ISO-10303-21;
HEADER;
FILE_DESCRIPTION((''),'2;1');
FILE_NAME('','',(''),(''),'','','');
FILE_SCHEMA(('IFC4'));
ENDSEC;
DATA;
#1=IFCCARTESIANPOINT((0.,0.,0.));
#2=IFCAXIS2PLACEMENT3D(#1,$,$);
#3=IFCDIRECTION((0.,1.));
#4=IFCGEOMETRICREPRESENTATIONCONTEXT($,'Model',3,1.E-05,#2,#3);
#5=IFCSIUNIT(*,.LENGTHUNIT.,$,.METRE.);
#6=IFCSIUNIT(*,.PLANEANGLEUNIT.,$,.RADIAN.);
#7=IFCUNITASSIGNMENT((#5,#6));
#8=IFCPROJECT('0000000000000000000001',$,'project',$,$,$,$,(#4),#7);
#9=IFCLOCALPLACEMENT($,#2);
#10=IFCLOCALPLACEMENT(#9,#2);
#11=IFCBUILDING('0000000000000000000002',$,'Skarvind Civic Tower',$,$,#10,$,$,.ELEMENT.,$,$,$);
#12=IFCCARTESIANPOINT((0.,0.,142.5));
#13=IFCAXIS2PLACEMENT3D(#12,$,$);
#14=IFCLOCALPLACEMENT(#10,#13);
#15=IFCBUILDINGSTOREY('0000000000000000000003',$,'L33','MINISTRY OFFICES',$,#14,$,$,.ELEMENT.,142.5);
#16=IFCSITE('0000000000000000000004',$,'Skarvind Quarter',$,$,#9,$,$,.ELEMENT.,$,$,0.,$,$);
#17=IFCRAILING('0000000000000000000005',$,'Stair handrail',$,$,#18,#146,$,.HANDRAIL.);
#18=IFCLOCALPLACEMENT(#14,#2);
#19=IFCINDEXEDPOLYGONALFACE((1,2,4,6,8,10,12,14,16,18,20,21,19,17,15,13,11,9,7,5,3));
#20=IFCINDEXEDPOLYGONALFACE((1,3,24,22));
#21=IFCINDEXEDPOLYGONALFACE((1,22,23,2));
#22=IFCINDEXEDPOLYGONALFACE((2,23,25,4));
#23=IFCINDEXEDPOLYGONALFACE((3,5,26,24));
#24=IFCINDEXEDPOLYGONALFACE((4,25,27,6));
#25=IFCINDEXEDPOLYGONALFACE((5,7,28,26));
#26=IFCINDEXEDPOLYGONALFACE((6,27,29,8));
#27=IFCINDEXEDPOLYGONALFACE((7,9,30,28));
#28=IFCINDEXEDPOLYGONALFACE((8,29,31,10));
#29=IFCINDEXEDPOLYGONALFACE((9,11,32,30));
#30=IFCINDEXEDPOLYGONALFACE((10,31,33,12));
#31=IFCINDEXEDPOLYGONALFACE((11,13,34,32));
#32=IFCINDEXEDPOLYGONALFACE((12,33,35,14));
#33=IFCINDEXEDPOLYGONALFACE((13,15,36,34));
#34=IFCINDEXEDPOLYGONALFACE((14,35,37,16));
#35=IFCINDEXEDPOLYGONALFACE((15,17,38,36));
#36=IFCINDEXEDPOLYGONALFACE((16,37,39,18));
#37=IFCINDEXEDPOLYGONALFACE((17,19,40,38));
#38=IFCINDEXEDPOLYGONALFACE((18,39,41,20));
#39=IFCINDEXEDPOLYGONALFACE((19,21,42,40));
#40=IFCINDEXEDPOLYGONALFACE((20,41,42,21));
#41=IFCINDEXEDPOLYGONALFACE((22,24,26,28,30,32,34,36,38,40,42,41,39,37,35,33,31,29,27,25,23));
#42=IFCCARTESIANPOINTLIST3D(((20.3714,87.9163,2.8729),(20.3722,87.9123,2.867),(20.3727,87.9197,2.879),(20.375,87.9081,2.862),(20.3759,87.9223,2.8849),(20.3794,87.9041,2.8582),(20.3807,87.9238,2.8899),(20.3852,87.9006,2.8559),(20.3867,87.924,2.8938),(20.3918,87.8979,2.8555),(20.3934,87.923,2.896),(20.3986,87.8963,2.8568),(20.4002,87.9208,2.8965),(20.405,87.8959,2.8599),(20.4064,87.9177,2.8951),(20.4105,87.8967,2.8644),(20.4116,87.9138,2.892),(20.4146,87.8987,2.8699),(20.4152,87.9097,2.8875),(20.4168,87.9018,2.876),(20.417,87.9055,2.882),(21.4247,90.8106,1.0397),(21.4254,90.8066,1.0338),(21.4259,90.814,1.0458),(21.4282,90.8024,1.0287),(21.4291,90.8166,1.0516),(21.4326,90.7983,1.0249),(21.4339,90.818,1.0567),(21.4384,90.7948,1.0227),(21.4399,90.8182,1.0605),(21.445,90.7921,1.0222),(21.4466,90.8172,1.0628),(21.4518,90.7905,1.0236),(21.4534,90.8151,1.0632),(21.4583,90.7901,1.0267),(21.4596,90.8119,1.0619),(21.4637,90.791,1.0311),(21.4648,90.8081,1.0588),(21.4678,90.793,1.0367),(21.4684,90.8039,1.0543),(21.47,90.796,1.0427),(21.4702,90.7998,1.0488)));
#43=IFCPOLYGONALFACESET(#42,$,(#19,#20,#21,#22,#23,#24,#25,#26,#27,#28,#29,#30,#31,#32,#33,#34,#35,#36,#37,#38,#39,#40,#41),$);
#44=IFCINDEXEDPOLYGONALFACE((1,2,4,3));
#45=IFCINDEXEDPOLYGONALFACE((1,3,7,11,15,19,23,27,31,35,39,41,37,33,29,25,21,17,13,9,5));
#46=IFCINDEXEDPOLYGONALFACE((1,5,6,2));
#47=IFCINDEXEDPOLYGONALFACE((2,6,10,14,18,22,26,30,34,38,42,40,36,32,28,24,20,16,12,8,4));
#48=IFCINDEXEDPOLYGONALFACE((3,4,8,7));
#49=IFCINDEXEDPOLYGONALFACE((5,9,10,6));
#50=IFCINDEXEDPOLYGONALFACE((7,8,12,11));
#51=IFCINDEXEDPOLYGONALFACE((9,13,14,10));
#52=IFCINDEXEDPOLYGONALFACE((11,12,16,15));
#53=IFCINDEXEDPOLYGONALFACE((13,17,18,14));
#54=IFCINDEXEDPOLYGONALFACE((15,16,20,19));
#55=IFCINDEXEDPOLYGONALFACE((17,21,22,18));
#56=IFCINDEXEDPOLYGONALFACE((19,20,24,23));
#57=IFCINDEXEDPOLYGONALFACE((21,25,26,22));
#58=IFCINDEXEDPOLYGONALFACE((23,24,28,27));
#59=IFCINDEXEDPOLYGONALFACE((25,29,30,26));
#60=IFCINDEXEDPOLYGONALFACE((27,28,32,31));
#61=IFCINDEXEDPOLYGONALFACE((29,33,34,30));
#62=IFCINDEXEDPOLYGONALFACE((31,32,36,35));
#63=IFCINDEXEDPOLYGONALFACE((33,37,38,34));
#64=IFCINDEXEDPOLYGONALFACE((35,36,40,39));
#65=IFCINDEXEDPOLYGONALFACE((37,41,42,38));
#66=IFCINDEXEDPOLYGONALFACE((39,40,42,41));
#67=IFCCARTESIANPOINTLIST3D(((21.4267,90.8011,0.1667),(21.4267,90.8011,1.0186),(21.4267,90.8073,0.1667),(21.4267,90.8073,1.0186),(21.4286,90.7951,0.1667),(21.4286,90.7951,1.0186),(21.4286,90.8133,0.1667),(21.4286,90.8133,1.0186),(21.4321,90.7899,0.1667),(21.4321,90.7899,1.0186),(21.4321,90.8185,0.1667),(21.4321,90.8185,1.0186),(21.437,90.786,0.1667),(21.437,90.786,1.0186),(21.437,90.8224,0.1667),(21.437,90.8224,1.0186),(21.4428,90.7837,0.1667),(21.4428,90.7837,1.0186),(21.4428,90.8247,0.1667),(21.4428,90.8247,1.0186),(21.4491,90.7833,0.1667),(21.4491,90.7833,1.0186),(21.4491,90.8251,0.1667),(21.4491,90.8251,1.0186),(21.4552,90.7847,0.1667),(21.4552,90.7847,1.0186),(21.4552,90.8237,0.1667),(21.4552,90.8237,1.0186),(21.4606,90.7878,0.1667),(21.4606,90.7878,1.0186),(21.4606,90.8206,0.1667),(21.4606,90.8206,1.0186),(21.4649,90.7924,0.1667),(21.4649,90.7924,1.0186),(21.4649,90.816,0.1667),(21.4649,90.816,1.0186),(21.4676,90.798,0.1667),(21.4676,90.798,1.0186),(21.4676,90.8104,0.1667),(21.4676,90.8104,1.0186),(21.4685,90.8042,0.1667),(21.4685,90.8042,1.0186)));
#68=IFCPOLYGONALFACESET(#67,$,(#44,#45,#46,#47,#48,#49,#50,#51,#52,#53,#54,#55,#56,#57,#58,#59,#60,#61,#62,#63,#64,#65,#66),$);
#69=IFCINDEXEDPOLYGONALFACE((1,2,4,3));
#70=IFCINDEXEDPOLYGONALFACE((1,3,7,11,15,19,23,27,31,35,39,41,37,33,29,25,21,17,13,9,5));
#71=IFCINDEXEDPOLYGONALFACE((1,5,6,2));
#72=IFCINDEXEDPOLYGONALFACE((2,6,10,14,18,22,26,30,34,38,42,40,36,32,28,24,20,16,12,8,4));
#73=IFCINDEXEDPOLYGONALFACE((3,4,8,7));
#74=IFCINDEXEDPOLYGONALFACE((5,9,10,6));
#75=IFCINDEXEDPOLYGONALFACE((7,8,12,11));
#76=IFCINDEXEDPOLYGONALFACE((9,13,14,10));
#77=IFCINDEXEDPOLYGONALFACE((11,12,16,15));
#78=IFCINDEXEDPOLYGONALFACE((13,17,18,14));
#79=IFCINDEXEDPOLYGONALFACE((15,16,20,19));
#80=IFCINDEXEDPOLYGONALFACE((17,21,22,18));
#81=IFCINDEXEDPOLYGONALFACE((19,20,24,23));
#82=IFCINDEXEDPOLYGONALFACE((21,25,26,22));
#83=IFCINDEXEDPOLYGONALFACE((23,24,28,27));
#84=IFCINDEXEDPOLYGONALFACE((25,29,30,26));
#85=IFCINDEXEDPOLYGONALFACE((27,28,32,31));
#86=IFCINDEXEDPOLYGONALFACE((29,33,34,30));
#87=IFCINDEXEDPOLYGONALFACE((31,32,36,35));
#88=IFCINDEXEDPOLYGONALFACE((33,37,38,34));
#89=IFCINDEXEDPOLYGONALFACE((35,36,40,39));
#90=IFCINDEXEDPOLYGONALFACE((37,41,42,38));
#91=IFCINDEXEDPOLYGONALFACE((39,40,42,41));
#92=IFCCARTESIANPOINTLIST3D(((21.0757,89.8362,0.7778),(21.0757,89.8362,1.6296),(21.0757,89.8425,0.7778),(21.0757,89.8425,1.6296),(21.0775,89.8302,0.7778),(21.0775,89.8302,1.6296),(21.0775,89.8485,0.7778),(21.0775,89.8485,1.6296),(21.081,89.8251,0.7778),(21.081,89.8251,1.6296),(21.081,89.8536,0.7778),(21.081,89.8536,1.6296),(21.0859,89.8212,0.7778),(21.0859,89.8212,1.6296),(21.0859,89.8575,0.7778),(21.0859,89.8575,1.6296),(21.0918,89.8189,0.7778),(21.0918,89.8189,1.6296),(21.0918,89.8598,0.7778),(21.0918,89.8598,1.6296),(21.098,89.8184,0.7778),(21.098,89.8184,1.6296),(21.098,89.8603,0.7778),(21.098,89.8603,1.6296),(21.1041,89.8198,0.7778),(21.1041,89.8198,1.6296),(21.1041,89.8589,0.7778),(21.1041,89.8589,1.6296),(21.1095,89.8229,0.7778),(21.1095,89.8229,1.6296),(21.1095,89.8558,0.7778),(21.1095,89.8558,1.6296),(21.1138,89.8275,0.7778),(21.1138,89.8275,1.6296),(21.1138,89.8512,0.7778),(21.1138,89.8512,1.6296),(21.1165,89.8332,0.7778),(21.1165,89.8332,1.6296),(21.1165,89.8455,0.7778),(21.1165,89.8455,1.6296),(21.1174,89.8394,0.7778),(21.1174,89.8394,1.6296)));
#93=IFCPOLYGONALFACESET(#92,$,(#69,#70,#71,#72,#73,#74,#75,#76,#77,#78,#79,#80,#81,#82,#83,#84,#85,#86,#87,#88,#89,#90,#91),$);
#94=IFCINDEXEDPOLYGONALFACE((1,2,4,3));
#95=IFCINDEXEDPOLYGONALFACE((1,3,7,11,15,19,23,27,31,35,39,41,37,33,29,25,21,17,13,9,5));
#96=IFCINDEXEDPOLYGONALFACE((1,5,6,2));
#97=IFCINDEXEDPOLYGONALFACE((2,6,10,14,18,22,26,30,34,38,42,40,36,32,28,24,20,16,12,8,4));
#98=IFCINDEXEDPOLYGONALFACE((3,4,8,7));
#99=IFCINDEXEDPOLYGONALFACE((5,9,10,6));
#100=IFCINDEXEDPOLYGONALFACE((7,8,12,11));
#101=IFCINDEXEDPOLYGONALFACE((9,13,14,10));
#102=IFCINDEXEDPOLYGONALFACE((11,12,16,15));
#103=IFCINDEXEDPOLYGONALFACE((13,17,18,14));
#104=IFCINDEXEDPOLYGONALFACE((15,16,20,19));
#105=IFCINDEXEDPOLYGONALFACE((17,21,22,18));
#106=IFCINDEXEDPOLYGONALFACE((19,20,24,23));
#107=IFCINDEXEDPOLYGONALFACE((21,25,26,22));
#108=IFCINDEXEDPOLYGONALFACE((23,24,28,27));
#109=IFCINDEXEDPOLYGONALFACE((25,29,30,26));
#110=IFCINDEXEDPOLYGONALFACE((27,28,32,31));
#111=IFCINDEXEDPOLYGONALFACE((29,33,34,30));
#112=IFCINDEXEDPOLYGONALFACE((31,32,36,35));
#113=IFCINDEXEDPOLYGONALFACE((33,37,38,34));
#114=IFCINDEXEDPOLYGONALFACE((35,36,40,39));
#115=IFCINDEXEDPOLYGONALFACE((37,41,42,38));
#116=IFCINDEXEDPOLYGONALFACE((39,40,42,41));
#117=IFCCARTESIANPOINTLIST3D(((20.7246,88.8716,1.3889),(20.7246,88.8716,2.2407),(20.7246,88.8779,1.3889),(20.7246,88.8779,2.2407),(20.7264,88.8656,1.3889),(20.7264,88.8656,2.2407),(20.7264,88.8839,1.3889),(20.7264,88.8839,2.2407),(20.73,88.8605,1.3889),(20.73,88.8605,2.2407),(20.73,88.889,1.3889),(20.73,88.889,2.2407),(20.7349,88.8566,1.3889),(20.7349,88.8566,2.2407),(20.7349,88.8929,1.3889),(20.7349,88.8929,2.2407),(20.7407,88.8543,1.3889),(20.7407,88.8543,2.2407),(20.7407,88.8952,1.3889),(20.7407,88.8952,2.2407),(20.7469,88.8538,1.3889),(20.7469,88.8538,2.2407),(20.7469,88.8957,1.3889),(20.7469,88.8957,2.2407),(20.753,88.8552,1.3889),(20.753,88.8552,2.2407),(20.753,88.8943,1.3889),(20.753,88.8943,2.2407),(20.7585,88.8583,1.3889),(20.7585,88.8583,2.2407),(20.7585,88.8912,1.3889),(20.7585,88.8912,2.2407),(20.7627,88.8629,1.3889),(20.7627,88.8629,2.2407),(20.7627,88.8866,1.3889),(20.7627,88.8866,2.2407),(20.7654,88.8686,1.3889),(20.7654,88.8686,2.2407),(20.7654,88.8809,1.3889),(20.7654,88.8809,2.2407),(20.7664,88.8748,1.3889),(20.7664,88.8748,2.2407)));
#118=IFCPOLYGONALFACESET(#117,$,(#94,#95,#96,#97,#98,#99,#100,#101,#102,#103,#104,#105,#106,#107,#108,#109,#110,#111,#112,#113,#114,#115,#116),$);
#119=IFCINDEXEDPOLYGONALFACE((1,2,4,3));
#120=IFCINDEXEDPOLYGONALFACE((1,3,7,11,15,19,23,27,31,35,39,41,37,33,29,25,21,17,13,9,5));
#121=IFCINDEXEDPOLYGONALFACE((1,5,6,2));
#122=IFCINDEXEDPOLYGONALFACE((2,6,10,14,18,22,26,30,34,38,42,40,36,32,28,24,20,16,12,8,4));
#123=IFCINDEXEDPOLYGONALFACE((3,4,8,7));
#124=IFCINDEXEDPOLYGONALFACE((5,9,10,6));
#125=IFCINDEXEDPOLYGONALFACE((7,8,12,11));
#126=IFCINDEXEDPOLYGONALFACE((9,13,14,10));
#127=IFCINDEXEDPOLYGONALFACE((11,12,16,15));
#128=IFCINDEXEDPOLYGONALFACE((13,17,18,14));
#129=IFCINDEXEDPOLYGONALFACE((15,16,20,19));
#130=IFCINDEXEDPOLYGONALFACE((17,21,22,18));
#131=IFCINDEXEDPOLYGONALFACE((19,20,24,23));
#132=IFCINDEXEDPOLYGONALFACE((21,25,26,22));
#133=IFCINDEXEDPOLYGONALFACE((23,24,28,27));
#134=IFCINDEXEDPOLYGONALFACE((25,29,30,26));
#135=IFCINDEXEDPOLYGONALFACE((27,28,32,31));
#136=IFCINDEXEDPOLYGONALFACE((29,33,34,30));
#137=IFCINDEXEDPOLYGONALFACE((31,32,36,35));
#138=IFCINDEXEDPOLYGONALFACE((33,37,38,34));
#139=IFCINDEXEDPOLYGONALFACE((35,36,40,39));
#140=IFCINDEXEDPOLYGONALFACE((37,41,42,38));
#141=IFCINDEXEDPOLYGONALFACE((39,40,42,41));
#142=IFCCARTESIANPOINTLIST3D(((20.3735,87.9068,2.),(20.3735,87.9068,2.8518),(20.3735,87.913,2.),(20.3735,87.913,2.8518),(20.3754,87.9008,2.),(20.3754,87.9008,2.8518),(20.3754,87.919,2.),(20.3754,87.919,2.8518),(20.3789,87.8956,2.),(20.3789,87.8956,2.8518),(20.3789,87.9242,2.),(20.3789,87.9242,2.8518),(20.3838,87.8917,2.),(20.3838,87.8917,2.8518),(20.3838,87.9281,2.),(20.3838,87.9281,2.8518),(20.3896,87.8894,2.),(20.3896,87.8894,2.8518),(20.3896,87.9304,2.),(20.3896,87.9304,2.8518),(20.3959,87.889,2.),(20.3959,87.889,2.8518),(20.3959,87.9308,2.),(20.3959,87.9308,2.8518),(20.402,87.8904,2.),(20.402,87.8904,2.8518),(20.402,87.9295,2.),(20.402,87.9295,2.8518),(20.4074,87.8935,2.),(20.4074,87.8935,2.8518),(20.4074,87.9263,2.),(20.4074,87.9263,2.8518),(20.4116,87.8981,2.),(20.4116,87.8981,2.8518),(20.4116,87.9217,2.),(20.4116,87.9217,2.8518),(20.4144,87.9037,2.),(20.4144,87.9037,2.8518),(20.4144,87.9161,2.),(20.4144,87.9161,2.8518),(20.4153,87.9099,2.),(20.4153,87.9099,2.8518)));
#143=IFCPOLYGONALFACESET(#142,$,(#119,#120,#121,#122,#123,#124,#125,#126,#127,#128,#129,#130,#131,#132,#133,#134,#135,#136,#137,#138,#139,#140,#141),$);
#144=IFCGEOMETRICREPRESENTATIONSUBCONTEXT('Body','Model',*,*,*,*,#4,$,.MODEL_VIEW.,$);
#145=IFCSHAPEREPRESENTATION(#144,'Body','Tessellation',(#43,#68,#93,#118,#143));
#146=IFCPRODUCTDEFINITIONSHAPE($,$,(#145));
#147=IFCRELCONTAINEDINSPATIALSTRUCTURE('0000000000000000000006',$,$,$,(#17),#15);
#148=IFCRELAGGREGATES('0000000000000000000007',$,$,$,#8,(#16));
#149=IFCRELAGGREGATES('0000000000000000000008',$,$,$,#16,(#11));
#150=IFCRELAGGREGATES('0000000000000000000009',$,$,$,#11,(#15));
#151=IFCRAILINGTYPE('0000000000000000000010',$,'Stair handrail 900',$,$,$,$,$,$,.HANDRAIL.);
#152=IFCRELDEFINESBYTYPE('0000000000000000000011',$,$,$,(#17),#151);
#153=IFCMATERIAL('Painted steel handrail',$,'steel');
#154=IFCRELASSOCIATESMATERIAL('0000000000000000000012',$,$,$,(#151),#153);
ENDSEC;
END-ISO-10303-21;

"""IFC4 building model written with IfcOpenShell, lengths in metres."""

from ifc_helpers import new_model, si_unit, direction, frame, origin, origin_2d, place, context, subcontext, project, spatial, circle, extrude, material, type_object, element, save


model = new_model("IFC4")

# Units and contexts
model_context = context("Model", 3, precision=1e-05, world=origin(), true_north=direction((0.0, 1.0)))
body_context = subcontext(model_context, "Body", "Model", "MODEL_VIEW")
ifc_project = project(units=[si_unit("LENGTHUNIT", "METRE"), si_unit("PLANEANGLEUNIT", "RADIAN")], contexts=[model_context])

# Site, building, storey
site_placement = place(None, origin())
site = spatial("IfcSite", under=ifc_project, at=site_placement, Name="Skarvind Quarter", CompositionType="ELEMENT", RefElevation=0.0)
building_placement = place(site_placement, origin())
building = spatial("IfcBuilding", under=site, at=building_placement, Name="Skarvind Civic Tower", CompositionType="ELEMENT")
storey_placement = place(building_placement, frame((0.0, 0.0, 142.5)))
storey = spatial("IfcBuildingStorey", under=building, at=storey_placement, Name="L33", Description="MINISTRY OFFICES", CompositionType="ELEMENT", Elevation=142.5)

# Railing
ifc_material_1 = material(Name="Painted steel handrail", Category="steel")
railing_type = type_object("IfcRailingType", Name="Stair handrail 900", PredefinedType="HANDRAIL", material=ifc_material_1)
railing_1_placement = place(storey_placement, frame((21.4475, 90.8042, 0.1667)))
element("IfcRailing", 1, at=railing_1_placement, inside=storey, type_object=railing_type, Name="Stair handrail", PredefinedType="HANDRAIL", context=body_context, shape_type="SweptSolid", body=[
    extrude(circle(Radius=0.0239, at=origin_2d()), frame((0.0, 0.0, 0.876), z_axis=(-0.293846, -0.807497, 0.511472), x_axis=(0.939715, -0.341959, 0.0)), (0.0, 0.0, 1.0), 3.5842),
    extrude(circle(Radius=0.021, at=origin_2d()), origin(), (0.0, 0.0, 1.0), 0.8518),
    extrude(circle(Radius=0.021, at=origin_2d()), frame((-0.3511, -0.9648, 0.6111)), (0.0, 0.0, 1.0), 0.8518),
    extrude(circle(Radius=0.021, at=origin_2d()), frame((-0.7021, -1.9294, 1.2222)), (0.0, 0.0, 1.0), 0.8518),
    extrude(circle(Radius=0.021, at=origin_2d()), frame((-1.0532, -2.8943, 1.8333)), (0.0, 0.0, 1.0), 0.8518),
])

save(model, "model.ifc")
